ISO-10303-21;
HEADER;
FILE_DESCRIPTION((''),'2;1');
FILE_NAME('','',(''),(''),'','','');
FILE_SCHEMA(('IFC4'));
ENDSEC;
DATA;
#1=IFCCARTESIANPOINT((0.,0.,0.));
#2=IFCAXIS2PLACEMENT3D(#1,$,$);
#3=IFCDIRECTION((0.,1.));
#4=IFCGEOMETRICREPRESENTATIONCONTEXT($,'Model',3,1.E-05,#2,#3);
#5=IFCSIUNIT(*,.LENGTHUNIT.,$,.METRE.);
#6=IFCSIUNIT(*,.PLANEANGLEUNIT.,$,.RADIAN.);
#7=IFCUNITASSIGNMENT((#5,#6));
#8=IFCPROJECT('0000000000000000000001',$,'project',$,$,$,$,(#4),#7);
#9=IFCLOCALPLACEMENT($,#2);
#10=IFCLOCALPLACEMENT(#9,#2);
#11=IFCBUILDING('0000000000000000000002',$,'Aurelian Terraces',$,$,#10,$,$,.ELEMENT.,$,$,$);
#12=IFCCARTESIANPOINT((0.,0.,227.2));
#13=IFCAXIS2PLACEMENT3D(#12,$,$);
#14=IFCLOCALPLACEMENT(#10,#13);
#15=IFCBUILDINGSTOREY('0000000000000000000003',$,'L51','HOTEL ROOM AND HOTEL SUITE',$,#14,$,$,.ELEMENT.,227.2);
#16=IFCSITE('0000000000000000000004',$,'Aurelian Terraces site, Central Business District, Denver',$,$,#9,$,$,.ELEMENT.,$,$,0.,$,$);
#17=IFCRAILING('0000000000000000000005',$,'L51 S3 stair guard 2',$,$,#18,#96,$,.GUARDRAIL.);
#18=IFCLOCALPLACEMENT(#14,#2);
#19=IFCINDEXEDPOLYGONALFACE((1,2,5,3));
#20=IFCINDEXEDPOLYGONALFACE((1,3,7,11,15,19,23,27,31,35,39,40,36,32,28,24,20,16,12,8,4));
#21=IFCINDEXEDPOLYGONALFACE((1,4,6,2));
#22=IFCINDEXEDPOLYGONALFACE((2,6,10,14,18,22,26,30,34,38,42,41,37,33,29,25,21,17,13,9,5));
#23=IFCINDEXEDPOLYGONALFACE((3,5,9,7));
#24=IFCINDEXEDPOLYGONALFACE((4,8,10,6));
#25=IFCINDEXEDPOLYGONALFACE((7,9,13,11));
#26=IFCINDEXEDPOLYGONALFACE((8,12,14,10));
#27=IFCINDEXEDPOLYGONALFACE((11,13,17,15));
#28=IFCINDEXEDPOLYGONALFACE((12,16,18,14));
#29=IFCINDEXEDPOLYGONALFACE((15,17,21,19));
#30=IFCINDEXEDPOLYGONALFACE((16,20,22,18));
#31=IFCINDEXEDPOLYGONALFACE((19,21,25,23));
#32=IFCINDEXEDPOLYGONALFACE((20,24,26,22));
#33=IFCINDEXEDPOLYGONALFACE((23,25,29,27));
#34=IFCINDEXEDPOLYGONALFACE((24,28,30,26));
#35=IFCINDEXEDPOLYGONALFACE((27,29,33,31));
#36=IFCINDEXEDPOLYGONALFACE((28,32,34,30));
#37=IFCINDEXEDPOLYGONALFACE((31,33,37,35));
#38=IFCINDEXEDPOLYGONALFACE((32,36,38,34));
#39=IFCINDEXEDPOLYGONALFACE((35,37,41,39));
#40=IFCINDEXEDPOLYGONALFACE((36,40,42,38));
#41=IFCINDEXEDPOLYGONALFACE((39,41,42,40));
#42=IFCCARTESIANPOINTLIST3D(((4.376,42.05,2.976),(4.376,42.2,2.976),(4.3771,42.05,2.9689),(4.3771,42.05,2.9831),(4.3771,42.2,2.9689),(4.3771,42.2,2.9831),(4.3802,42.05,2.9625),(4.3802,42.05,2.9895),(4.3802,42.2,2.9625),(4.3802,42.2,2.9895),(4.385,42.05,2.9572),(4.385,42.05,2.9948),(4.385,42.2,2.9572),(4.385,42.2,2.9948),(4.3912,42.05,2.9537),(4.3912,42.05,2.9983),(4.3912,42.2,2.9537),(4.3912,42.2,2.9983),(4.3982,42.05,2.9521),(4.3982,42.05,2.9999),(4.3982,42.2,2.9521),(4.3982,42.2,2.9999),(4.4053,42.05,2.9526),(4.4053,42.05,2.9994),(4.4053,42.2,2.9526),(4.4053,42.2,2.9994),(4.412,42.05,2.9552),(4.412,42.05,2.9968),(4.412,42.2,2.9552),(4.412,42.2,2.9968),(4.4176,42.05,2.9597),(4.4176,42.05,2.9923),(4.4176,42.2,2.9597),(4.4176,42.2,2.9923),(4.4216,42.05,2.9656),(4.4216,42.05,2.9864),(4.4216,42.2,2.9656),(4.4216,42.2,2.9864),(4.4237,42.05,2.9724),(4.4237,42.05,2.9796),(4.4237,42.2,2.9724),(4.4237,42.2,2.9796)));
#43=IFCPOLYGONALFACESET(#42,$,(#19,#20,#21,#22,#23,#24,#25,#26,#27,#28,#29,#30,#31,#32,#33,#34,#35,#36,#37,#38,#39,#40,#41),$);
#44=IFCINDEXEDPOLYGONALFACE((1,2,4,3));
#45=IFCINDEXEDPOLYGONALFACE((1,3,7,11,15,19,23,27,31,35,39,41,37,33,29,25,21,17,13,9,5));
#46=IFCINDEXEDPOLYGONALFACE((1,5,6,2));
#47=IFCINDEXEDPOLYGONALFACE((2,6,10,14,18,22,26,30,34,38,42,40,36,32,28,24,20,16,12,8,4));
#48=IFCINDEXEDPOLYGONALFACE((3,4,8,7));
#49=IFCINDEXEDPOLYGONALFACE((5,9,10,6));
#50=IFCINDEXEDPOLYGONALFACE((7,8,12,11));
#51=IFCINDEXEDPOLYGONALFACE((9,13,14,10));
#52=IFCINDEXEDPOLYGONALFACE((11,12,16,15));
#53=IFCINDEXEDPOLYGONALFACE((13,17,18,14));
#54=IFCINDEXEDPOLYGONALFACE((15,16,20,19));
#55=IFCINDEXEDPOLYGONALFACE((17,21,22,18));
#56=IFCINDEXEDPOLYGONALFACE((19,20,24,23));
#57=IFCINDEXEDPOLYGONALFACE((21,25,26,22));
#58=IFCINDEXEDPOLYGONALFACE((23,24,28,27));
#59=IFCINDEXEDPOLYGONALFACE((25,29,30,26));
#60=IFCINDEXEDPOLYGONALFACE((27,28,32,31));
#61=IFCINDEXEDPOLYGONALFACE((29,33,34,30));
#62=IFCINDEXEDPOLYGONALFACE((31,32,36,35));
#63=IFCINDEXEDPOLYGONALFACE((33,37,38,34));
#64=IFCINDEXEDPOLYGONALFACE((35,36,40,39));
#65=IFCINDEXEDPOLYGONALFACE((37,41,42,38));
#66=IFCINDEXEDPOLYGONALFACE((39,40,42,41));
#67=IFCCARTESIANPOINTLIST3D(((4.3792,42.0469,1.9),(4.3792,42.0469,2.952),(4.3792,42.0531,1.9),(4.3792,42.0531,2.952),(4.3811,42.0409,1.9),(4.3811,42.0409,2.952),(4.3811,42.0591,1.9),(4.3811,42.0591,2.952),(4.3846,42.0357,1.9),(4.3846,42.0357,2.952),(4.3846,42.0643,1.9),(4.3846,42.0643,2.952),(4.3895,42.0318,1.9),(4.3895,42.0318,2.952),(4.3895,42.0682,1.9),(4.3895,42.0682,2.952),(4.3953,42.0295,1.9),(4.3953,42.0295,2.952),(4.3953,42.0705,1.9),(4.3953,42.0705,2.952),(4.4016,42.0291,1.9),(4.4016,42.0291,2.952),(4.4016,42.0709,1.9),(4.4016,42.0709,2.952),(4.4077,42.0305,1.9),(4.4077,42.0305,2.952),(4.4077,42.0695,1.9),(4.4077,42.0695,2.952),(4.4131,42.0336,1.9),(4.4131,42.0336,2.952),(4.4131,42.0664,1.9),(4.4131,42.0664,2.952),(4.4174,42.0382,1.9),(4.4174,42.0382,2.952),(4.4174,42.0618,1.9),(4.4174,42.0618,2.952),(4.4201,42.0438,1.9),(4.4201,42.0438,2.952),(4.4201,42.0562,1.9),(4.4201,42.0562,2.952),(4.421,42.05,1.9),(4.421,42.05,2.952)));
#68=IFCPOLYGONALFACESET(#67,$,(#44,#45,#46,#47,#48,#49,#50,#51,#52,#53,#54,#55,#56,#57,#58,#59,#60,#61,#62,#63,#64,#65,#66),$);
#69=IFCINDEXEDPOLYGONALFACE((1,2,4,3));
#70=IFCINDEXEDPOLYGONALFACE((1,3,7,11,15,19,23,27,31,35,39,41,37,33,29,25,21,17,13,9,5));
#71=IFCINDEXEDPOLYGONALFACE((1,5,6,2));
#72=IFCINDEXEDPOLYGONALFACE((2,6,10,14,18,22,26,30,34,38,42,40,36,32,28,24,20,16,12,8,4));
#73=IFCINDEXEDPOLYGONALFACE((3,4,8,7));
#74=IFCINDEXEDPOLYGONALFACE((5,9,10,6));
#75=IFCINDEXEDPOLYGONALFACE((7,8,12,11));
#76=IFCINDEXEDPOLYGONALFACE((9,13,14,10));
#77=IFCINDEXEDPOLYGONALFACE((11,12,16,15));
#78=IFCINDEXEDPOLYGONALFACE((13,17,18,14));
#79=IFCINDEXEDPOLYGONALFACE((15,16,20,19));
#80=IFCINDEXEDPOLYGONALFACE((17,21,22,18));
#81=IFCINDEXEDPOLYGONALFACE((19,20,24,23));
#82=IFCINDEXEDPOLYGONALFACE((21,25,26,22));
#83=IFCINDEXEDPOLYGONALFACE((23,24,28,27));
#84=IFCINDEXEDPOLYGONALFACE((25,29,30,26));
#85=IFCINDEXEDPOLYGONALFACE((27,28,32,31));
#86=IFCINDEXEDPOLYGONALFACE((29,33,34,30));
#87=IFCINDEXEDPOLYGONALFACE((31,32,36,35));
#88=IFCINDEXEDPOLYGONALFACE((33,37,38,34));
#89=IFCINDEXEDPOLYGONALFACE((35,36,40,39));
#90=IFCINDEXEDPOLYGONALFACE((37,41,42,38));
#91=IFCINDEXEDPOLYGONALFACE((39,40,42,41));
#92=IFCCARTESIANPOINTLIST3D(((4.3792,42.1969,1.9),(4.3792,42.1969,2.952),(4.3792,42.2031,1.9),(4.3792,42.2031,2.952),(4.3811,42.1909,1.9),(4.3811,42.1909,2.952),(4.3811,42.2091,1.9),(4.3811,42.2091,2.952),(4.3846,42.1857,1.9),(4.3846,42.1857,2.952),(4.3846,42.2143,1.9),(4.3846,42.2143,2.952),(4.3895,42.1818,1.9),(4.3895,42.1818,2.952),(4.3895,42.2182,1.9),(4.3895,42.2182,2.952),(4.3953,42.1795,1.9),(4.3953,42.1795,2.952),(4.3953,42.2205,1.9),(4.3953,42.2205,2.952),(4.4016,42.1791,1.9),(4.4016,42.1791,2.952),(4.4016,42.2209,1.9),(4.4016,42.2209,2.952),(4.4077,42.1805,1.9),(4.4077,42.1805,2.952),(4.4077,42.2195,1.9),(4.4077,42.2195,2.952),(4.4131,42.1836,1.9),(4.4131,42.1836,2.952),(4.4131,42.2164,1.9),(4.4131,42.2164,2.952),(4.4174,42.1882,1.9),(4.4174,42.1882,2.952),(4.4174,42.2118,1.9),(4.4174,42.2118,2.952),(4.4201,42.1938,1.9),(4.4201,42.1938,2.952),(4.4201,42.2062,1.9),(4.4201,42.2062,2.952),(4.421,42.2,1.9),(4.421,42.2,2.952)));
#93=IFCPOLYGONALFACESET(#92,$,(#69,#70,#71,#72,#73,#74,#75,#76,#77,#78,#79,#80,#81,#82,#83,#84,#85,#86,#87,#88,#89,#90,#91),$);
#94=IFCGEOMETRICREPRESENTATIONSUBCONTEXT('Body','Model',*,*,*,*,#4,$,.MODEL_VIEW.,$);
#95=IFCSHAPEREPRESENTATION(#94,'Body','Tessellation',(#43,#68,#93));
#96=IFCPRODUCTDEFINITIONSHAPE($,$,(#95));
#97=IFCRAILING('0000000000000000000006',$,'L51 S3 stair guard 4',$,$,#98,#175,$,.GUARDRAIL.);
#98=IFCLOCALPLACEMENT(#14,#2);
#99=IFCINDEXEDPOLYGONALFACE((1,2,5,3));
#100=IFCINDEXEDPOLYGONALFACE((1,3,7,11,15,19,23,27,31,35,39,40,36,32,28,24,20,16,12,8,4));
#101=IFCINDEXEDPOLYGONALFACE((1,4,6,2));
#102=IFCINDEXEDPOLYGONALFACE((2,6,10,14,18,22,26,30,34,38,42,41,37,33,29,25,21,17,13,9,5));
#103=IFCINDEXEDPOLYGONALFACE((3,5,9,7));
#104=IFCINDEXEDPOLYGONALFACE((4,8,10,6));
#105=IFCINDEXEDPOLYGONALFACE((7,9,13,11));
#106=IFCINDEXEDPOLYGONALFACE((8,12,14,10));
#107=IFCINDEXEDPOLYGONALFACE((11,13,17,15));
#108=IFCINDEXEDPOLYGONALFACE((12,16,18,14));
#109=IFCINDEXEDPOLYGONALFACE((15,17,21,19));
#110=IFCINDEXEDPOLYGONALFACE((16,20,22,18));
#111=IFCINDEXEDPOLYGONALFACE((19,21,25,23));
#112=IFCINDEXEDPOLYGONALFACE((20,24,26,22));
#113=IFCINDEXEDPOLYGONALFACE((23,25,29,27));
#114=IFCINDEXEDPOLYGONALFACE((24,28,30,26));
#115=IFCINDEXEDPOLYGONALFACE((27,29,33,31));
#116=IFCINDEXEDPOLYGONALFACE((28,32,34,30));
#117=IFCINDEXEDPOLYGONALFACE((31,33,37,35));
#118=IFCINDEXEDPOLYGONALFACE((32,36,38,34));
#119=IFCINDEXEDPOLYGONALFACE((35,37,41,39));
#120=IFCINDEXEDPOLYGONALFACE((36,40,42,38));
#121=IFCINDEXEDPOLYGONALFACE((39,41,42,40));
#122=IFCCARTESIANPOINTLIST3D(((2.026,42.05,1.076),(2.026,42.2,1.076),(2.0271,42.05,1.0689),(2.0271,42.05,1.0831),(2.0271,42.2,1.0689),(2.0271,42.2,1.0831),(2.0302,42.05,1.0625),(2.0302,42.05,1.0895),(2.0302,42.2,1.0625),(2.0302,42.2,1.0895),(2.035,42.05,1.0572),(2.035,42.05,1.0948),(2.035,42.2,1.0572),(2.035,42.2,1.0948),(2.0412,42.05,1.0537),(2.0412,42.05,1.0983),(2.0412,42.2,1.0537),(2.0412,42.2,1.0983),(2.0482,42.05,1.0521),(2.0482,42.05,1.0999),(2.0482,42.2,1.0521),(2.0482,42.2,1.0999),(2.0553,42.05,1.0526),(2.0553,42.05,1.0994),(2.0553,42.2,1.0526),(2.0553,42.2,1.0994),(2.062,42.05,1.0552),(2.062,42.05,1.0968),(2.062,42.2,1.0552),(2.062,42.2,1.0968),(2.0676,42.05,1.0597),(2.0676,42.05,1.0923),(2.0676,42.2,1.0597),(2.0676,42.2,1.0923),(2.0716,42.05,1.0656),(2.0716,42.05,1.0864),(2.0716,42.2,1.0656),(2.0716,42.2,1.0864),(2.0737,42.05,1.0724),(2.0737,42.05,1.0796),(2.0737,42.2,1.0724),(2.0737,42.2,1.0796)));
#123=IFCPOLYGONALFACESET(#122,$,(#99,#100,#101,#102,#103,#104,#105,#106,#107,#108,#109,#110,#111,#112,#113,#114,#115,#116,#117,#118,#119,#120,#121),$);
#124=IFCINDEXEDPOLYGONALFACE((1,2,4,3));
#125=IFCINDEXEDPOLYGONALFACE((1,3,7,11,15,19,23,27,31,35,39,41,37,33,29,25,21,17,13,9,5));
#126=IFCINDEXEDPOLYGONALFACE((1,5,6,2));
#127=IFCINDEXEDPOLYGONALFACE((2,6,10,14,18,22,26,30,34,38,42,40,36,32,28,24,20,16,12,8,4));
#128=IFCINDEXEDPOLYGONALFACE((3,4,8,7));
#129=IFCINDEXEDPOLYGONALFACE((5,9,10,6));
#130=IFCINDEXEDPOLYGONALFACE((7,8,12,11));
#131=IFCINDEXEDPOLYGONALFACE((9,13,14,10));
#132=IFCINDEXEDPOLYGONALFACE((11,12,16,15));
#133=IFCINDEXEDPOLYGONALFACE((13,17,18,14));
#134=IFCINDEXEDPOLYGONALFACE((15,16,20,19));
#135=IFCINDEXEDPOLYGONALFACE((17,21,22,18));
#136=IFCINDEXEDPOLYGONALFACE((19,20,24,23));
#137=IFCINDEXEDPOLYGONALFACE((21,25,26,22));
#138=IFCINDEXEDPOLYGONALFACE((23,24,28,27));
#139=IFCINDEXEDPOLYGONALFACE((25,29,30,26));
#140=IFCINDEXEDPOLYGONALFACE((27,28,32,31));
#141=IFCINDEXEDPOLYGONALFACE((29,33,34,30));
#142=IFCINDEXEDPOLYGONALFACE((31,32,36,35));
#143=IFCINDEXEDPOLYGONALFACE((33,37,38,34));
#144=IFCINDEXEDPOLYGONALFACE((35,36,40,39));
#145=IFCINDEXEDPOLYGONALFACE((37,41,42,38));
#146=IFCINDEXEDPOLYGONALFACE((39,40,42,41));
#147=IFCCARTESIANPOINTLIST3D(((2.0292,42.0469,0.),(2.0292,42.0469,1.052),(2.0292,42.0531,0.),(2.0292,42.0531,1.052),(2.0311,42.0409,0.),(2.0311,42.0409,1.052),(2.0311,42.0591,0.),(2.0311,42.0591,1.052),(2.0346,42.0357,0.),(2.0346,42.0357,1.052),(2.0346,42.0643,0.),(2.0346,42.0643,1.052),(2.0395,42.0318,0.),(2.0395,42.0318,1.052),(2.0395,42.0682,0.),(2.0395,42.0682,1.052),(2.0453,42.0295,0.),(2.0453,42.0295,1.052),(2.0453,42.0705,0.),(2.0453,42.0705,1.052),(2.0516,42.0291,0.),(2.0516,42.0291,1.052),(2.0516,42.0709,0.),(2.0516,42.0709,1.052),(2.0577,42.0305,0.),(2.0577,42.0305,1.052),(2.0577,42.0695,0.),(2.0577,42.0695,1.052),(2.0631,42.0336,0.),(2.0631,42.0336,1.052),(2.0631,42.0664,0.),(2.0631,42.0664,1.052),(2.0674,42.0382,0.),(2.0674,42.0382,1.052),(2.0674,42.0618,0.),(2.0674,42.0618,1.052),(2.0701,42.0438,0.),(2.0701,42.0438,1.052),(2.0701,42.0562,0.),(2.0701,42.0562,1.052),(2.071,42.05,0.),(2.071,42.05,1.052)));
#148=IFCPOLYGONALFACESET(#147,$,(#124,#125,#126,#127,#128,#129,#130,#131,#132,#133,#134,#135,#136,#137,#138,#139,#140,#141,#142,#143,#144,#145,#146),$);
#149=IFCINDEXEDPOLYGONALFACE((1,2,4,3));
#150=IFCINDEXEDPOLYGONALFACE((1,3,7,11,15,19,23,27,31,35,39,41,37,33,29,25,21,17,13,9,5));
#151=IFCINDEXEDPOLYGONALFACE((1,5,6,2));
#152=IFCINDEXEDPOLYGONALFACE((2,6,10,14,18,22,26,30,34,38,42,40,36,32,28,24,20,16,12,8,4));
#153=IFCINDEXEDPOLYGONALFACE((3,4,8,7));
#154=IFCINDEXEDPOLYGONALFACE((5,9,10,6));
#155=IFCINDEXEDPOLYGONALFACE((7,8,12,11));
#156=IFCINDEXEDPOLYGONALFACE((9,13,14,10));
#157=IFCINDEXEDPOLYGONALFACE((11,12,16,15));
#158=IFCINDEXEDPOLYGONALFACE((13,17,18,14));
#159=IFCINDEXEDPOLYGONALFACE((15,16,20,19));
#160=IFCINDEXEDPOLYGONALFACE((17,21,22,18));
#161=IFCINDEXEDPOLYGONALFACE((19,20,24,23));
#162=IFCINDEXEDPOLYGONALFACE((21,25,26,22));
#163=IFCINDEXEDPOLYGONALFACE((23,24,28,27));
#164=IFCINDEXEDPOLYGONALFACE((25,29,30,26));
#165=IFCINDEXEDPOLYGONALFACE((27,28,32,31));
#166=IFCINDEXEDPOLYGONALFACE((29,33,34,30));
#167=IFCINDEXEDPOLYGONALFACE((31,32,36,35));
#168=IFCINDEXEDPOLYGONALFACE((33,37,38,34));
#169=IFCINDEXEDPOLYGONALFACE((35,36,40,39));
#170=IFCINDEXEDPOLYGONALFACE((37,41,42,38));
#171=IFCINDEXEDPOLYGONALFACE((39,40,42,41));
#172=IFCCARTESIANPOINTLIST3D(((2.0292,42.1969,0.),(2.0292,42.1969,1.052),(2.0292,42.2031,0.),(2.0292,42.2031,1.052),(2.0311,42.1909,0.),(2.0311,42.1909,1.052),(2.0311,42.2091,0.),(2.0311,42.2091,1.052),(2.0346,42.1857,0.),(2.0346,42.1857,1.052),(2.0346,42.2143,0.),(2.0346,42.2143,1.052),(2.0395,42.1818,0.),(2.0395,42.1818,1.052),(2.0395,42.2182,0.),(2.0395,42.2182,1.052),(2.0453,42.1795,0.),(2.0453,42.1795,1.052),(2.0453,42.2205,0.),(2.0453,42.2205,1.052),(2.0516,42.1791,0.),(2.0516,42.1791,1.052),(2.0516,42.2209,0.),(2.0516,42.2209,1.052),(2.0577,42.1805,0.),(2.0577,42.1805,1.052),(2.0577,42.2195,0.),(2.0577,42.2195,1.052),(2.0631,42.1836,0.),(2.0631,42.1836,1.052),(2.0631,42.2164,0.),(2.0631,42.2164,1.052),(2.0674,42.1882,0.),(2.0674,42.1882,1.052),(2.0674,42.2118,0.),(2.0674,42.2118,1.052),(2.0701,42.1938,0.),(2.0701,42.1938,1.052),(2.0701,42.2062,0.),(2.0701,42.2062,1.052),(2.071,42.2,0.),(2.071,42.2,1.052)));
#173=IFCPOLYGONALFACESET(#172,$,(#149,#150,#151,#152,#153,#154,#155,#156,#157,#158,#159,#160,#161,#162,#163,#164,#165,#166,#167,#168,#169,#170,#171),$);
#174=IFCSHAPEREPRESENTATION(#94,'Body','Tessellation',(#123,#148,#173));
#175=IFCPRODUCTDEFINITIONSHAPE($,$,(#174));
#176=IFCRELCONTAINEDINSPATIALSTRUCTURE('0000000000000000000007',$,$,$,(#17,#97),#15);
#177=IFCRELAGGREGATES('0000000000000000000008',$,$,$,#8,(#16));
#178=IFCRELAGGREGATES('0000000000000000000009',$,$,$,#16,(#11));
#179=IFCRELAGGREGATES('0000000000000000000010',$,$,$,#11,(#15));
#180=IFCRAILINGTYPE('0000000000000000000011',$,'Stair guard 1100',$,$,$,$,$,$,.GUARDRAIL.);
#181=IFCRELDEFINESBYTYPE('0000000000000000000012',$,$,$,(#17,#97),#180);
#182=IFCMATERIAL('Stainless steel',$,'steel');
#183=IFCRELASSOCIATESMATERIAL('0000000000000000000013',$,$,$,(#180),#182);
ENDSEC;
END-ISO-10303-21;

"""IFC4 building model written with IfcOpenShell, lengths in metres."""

from ifc_helpers import new_model, si_unit, direction, frame, origin, origin_2d, place, context, subcontext, project, spatial, circle, extrude, source, transform, mapped, material, type_object, element, save


model = new_model("IFC4")

# Units and contexts
model_context = context("Model", 3, precision=1e-05, world=origin(), true_north=direction((0.0, 1.0)))
body_context = subcontext(model_context, "Body", "Model", "MODEL_VIEW")
ifc_project = project(units=[si_unit("LENGTHUNIT", "METRE"), si_unit("PLANEANGLEUNIT", "RADIAN")], contexts=[model_context])

# Site, building, storey
site_placement = place(None, origin())
site = spatial("IfcSite", under=ifc_project, at=site_placement, Name="Aurelian Terraces site, Central Business District, Denver", CompositionType="ELEMENT", RefElevation=0.0)
building_placement = place(site_placement, origin())
building = spatial("IfcBuilding", under=site, at=building_placement, Name="Aurelian Terraces", CompositionType="ELEMENT")
storey_placement = place(building_placement, frame((0.0, 0.0, 227.2)))
storey = spatial("IfcBuildingStorey", under=building, at=storey_placement, Name="L51", Description="HOTEL ROOM AND HOTEL SUITE", CompositionType="ELEMENT", Elevation=227.2)

# Railings
ifc_material_1 = material(Name="Stainless steel", Category="steel")
railing_type_1 = type_object("IfcRailingType", Name="Stair guard 1100", PredefinedType="GUARDRAIL", material=ifc_material_1)
shared_shape_1 = source(origin(), body_context, "Body", "SweptSolid", [
    extrude(circle(Radius=0.024, at=origin_2d()), frame((0.0, 0.0, 1.076), z_axis=(0.0, 1.0, 0.0), x_axis=(-1.0, 0.0, 0.0)), (0.0, 0.0, 1.0), 0.15),
    extrude(circle(Radius=0.021, at=origin_2d()), origin(), (0.0, 0.0, 1.0), 1.052),
    extrude(circle(Radius=0.021, at=origin_2d()), frame((0.0, 0.15, 0.0)), (0.0, 0.0, 1.0), 1.052),
])
for number, where, name in (
    (1, (4.4, 42.05, 1.9), "L51 S3 stair guard 2"),
    (2, (2.05, 42.05, 0.0), "L51 S3 stair guard 4"),
):
    element("IfcRailing", number, at=place(storey_placement, frame(where)), inside=storey, type_object=railing_type_1, Name=name, PredefinedType="GUARDRAIL", context=body_context, shape_type="MappedRepresentation", body=[
        mapped(shared_shape_1, transform((0.0, 0.0, 0.0), scale=1.0)),
    ])

save(model, "model.ifc")
